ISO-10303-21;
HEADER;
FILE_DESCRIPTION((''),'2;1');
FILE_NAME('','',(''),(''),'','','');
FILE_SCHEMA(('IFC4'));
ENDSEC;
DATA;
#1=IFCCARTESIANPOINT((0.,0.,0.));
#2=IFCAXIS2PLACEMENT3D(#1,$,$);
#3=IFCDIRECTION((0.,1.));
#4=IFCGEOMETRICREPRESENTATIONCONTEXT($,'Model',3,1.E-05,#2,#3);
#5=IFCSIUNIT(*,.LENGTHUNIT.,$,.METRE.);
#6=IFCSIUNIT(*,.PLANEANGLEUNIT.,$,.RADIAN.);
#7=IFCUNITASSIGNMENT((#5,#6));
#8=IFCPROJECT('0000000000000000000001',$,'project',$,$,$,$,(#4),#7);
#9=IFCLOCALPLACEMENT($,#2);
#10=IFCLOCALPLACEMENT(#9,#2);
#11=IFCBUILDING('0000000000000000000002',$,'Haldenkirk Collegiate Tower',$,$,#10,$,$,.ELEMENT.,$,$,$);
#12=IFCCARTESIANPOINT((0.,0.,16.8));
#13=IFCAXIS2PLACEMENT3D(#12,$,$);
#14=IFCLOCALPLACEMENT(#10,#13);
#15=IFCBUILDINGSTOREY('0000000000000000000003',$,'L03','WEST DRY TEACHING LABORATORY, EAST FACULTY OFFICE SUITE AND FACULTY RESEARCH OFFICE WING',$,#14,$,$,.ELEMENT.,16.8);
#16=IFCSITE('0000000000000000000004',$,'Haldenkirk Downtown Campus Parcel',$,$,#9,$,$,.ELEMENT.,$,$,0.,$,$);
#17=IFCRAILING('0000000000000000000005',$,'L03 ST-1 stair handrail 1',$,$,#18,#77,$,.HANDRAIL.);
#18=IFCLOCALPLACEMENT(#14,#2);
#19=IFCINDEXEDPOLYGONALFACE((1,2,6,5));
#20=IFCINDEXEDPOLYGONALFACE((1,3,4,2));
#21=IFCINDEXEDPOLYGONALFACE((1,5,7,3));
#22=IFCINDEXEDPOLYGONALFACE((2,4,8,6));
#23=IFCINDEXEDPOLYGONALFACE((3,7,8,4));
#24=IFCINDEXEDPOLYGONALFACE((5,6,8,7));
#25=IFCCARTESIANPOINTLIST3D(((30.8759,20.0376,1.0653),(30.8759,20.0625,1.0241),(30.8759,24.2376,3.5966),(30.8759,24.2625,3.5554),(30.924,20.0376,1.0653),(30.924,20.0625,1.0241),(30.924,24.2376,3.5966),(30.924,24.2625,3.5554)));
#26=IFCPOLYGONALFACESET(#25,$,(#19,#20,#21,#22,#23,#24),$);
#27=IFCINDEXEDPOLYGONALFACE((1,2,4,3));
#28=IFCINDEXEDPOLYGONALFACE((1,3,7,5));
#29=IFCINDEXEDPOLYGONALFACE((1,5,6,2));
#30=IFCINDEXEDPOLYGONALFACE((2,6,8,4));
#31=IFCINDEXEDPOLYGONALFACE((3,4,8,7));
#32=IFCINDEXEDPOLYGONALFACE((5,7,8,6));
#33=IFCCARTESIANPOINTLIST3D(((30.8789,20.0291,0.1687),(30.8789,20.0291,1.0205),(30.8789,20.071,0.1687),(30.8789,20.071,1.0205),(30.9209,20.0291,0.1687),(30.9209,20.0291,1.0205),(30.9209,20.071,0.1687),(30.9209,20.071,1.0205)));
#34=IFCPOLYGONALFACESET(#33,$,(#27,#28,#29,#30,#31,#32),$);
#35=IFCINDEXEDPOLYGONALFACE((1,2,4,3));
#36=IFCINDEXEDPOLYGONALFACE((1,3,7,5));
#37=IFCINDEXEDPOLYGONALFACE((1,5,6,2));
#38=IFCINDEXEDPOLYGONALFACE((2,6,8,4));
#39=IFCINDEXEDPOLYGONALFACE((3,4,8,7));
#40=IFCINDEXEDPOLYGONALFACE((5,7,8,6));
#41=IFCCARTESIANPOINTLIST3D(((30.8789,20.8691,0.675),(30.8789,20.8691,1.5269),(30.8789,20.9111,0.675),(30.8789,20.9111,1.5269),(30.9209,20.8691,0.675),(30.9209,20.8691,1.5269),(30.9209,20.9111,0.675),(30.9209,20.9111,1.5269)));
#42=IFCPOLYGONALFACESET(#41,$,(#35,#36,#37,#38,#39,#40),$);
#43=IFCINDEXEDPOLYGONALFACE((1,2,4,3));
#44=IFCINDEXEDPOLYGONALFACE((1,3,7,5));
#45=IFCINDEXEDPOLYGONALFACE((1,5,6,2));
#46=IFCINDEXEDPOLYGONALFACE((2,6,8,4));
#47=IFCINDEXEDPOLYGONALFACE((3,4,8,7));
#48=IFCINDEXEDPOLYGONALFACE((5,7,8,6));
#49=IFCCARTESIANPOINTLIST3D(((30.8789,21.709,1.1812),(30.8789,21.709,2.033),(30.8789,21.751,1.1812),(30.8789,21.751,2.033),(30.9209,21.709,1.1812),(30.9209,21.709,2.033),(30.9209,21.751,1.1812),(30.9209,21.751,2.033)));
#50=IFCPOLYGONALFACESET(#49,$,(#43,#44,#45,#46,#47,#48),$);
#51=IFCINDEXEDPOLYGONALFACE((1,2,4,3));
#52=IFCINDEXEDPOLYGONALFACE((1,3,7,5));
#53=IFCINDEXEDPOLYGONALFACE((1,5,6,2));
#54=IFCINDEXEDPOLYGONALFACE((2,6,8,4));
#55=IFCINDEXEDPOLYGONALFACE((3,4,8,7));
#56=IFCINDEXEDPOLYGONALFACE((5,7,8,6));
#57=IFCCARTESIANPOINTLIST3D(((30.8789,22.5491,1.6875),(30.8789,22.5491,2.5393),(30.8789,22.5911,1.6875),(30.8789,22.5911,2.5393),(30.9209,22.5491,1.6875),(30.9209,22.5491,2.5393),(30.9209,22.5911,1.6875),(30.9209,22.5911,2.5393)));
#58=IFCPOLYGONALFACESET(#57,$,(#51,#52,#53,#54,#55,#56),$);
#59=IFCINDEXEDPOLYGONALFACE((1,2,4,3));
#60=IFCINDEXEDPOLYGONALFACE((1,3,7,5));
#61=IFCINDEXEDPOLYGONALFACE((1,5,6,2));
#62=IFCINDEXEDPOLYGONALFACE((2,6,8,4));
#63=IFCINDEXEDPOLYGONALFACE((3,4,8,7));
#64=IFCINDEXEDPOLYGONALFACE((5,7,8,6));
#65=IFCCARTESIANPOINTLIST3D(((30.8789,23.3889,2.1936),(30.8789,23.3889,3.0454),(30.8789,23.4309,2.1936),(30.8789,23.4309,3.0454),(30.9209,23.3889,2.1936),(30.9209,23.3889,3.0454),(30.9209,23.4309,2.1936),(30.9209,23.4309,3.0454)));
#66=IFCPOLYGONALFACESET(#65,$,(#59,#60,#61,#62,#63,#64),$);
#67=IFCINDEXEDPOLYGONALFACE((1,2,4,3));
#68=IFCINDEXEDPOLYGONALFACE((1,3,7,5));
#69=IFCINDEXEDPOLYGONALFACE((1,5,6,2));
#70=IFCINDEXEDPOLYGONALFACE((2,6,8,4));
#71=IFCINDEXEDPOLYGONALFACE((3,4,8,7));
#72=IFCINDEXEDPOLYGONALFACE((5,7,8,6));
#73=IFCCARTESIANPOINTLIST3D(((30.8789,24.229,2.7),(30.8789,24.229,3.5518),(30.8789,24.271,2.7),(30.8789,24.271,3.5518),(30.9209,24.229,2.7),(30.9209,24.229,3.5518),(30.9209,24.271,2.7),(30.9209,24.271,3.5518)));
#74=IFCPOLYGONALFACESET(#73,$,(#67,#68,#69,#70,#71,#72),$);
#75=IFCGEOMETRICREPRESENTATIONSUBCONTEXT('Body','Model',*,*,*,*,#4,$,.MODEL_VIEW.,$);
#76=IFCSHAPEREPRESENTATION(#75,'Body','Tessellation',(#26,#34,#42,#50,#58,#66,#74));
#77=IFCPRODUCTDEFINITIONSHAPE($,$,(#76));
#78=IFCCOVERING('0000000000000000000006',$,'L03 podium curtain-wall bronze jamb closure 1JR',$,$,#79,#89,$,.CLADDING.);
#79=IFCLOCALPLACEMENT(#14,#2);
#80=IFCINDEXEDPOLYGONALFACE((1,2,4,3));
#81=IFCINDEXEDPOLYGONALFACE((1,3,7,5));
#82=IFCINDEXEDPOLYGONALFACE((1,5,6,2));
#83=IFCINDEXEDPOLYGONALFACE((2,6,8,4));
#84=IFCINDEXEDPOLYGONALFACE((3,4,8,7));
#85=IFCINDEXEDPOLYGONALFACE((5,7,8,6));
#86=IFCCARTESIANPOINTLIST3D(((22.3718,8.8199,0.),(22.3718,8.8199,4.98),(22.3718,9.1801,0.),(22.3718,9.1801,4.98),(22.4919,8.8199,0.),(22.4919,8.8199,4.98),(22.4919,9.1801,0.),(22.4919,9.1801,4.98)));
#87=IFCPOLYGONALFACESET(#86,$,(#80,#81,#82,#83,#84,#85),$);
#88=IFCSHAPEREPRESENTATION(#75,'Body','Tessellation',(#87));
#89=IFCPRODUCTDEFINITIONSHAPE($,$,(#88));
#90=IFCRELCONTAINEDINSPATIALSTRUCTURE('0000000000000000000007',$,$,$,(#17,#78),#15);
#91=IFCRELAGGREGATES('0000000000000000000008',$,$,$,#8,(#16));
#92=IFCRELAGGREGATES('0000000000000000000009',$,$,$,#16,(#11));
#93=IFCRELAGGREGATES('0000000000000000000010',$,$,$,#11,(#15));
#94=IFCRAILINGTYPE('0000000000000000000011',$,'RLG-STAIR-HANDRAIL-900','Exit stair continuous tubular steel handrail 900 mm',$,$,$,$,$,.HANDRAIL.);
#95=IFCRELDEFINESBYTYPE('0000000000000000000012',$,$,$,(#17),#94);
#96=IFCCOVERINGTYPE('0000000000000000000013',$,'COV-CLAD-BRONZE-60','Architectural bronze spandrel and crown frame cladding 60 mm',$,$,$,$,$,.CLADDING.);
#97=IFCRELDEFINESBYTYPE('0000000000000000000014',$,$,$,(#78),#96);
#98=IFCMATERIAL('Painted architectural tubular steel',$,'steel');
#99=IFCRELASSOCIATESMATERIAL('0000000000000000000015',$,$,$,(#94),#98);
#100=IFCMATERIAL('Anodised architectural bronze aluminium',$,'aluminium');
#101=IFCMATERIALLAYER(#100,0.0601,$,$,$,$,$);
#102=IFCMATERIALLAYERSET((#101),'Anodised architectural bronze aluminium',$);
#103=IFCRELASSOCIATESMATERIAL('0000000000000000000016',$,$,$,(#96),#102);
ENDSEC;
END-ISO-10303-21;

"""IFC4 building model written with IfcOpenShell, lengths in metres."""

from ifc_helpers import new_model, si_unit, direction, frame, origin, origin_2d, place, context, subcontext, project, spatial, rectangle, extrude, source, transform, mapped, material, layer, layer_set, type_object, element, save


model = new_model("IFC4")

# Units and contexts
model_context = context("Model", 3, precision=1e-05, world=origin(), true_north=direction((0.0, 1.0)))
body_context = subcontext(model_context, "Body", "Model", "MODEL_VIEW")
ifc_project = project(units=[si_unit("LENGTHUNIT", "METRE"), si_unit("PLANEANGLEUNIT", "RADIAN")], contexts=[model_context])

# Site, building, storey
site_placement = place(None, origin())
site = spatial("IfcSite", under=ifc_project, at=site_placement, Name="Haldenkirk Downtown Campus Parcel", CompositionType="ELEMENT", RefElevation=0.0)
building_placement = place(site_placement, origin())
building = spatial("IfcBuilding", under=site, at=building_placement, Name="Haldenkirk Collegiate Tower", CompositionType="ELEMENT")
storey_placement = place(building_placement, frame((0.0, 0.0, 16.8)))
storey = spatial("IfcBuildingStorey", under=building, at=storey_placement, Name="L03", Description="WEST DRY TEACHING LABORATORY, EAST FACULTY OFFICE SUITE AND FACULTY RESEARCH OFFICE WING", CompositionType="ELEMENT", Elevation=16.8)

# Shared definitions
ifc_material_1 = material(Name="Anodised architectural bronze aluminium", Category="aluminium")

# Railing
ifc_material_2 = material(Name="Painted architectural tubular steel", Category="steel")
railing_type_1 = type_object("IfcRailingType", Name="RLG-STAIR-HANDRAIL-900", Description="Exit stair continuous tubular steel handrail 900 mm", PredefinedType="HANDRAIL", material=ifc_material_2)
railing_1_placement = place(storey_placement, frame((30.8999, 20.05, 0.1687)))
element("IfcRailing", 1, at=railing_1_placement, inside=storey, type_object=railing_type_1, Name="L03 ST-1 stair handrail 1", PredefinedType="HANDRAIL", context=body_context, shape_type="SweptSolid", body=[
    extrude(rectangle(XDim=0.0481, YDim=0.0481, at=origin_2d()), frame((0.0, 0.0, 0.876), z_axis=(0.0, 0.856476, 0.516186), x_axis=(-1.0, 0.0, 0.0)), (0.0, 0.0, 1.0), 4.9038),
    extrude(rectangle(XDim=0.042, YDim=0.042, at=origin_2d()), origin(), (0.0, 0.0, 1.0), 0.8518),
    extrude(rectangle(XDim=0.042, YDim=0.042, at=origin_2d()), frame((0.0, 0.8401, 0.5063)), (0.0, 0.0, 1.0), 0.8518),
    extrude(rectangle(XDim=0.042, YDim=0.042, at=origin_2d()), frame((0.0, 1.6799, 1.0125)), (0.0, 0.0, 1.0), 0.8518),
    extrude(rectangle(XDim=0.042, YDim=0.042, at=origin_2d()), frame((0.0, 2.52, 1.5188)), (0.0, 0.0, 1.0), 0.8518),
    extrude(rectangle(XDim=0.042, YDim=0.042, at=origin_2d()), frame((0.0, 3.3599, 2.0249)), (0.0, 0.0, 1.0), 0.8518),
    extrude(rectangle(XDim=0.042, YDim=0.042, at=origin_2d()), frame((0.0, 4.2, 2.5312)), (0.0, 0.0, 1.0), 0.8518),
])

# Covering
ifc_layer_1 = layer(ifc_material_1, 0.0601)
ifc_layer_set_1 = layer_set([ifc_layer_1], Name="Anodised architectural bronze aluminium")
covering_type = type_object("IfcCoveringType", Name="COV-CLAD-BRONZE-60", Description="Architectural bronze spandrel and crown frame cladding 60 mm", PredefinedType="CLADDING", material=ifc_layer_set_1)
shared_shape_1 = source(origin(), body_context, "Body", "SweptSolid", [
    extrude(rectangle(XDim=0.1201, YDim=0.3601, at=origin_2d()), origin(), (0.0, 0.0, 1.0), 4.98),
])
covering_placement = place(storey_placement, frame((22.4319, 9.0, 0.0), z_axis=(0.0, 0.0, 1.0), x_axis=(-1.0, 0.0, 0.0)))
element("IfcCovering", 2, at=covering_placement, inside=storey, type_object=covering_type, Name="L03 podium curtain-wall bronze jamb closure 1JR", PredefinedType="CLADDING", context=body_context, shape_type="MappedRepresentation", body=[
    mapped(shared_shape_1, transform((0.0, 0.0, 0.0), x_axis=(1.0, 0.0, 0.0), y_axis=(0.0, 1.0, 0.0), z_axis=(0.0, 0.0, 1.0), scale=1.0)),
])

save(model, "model.ifc")
